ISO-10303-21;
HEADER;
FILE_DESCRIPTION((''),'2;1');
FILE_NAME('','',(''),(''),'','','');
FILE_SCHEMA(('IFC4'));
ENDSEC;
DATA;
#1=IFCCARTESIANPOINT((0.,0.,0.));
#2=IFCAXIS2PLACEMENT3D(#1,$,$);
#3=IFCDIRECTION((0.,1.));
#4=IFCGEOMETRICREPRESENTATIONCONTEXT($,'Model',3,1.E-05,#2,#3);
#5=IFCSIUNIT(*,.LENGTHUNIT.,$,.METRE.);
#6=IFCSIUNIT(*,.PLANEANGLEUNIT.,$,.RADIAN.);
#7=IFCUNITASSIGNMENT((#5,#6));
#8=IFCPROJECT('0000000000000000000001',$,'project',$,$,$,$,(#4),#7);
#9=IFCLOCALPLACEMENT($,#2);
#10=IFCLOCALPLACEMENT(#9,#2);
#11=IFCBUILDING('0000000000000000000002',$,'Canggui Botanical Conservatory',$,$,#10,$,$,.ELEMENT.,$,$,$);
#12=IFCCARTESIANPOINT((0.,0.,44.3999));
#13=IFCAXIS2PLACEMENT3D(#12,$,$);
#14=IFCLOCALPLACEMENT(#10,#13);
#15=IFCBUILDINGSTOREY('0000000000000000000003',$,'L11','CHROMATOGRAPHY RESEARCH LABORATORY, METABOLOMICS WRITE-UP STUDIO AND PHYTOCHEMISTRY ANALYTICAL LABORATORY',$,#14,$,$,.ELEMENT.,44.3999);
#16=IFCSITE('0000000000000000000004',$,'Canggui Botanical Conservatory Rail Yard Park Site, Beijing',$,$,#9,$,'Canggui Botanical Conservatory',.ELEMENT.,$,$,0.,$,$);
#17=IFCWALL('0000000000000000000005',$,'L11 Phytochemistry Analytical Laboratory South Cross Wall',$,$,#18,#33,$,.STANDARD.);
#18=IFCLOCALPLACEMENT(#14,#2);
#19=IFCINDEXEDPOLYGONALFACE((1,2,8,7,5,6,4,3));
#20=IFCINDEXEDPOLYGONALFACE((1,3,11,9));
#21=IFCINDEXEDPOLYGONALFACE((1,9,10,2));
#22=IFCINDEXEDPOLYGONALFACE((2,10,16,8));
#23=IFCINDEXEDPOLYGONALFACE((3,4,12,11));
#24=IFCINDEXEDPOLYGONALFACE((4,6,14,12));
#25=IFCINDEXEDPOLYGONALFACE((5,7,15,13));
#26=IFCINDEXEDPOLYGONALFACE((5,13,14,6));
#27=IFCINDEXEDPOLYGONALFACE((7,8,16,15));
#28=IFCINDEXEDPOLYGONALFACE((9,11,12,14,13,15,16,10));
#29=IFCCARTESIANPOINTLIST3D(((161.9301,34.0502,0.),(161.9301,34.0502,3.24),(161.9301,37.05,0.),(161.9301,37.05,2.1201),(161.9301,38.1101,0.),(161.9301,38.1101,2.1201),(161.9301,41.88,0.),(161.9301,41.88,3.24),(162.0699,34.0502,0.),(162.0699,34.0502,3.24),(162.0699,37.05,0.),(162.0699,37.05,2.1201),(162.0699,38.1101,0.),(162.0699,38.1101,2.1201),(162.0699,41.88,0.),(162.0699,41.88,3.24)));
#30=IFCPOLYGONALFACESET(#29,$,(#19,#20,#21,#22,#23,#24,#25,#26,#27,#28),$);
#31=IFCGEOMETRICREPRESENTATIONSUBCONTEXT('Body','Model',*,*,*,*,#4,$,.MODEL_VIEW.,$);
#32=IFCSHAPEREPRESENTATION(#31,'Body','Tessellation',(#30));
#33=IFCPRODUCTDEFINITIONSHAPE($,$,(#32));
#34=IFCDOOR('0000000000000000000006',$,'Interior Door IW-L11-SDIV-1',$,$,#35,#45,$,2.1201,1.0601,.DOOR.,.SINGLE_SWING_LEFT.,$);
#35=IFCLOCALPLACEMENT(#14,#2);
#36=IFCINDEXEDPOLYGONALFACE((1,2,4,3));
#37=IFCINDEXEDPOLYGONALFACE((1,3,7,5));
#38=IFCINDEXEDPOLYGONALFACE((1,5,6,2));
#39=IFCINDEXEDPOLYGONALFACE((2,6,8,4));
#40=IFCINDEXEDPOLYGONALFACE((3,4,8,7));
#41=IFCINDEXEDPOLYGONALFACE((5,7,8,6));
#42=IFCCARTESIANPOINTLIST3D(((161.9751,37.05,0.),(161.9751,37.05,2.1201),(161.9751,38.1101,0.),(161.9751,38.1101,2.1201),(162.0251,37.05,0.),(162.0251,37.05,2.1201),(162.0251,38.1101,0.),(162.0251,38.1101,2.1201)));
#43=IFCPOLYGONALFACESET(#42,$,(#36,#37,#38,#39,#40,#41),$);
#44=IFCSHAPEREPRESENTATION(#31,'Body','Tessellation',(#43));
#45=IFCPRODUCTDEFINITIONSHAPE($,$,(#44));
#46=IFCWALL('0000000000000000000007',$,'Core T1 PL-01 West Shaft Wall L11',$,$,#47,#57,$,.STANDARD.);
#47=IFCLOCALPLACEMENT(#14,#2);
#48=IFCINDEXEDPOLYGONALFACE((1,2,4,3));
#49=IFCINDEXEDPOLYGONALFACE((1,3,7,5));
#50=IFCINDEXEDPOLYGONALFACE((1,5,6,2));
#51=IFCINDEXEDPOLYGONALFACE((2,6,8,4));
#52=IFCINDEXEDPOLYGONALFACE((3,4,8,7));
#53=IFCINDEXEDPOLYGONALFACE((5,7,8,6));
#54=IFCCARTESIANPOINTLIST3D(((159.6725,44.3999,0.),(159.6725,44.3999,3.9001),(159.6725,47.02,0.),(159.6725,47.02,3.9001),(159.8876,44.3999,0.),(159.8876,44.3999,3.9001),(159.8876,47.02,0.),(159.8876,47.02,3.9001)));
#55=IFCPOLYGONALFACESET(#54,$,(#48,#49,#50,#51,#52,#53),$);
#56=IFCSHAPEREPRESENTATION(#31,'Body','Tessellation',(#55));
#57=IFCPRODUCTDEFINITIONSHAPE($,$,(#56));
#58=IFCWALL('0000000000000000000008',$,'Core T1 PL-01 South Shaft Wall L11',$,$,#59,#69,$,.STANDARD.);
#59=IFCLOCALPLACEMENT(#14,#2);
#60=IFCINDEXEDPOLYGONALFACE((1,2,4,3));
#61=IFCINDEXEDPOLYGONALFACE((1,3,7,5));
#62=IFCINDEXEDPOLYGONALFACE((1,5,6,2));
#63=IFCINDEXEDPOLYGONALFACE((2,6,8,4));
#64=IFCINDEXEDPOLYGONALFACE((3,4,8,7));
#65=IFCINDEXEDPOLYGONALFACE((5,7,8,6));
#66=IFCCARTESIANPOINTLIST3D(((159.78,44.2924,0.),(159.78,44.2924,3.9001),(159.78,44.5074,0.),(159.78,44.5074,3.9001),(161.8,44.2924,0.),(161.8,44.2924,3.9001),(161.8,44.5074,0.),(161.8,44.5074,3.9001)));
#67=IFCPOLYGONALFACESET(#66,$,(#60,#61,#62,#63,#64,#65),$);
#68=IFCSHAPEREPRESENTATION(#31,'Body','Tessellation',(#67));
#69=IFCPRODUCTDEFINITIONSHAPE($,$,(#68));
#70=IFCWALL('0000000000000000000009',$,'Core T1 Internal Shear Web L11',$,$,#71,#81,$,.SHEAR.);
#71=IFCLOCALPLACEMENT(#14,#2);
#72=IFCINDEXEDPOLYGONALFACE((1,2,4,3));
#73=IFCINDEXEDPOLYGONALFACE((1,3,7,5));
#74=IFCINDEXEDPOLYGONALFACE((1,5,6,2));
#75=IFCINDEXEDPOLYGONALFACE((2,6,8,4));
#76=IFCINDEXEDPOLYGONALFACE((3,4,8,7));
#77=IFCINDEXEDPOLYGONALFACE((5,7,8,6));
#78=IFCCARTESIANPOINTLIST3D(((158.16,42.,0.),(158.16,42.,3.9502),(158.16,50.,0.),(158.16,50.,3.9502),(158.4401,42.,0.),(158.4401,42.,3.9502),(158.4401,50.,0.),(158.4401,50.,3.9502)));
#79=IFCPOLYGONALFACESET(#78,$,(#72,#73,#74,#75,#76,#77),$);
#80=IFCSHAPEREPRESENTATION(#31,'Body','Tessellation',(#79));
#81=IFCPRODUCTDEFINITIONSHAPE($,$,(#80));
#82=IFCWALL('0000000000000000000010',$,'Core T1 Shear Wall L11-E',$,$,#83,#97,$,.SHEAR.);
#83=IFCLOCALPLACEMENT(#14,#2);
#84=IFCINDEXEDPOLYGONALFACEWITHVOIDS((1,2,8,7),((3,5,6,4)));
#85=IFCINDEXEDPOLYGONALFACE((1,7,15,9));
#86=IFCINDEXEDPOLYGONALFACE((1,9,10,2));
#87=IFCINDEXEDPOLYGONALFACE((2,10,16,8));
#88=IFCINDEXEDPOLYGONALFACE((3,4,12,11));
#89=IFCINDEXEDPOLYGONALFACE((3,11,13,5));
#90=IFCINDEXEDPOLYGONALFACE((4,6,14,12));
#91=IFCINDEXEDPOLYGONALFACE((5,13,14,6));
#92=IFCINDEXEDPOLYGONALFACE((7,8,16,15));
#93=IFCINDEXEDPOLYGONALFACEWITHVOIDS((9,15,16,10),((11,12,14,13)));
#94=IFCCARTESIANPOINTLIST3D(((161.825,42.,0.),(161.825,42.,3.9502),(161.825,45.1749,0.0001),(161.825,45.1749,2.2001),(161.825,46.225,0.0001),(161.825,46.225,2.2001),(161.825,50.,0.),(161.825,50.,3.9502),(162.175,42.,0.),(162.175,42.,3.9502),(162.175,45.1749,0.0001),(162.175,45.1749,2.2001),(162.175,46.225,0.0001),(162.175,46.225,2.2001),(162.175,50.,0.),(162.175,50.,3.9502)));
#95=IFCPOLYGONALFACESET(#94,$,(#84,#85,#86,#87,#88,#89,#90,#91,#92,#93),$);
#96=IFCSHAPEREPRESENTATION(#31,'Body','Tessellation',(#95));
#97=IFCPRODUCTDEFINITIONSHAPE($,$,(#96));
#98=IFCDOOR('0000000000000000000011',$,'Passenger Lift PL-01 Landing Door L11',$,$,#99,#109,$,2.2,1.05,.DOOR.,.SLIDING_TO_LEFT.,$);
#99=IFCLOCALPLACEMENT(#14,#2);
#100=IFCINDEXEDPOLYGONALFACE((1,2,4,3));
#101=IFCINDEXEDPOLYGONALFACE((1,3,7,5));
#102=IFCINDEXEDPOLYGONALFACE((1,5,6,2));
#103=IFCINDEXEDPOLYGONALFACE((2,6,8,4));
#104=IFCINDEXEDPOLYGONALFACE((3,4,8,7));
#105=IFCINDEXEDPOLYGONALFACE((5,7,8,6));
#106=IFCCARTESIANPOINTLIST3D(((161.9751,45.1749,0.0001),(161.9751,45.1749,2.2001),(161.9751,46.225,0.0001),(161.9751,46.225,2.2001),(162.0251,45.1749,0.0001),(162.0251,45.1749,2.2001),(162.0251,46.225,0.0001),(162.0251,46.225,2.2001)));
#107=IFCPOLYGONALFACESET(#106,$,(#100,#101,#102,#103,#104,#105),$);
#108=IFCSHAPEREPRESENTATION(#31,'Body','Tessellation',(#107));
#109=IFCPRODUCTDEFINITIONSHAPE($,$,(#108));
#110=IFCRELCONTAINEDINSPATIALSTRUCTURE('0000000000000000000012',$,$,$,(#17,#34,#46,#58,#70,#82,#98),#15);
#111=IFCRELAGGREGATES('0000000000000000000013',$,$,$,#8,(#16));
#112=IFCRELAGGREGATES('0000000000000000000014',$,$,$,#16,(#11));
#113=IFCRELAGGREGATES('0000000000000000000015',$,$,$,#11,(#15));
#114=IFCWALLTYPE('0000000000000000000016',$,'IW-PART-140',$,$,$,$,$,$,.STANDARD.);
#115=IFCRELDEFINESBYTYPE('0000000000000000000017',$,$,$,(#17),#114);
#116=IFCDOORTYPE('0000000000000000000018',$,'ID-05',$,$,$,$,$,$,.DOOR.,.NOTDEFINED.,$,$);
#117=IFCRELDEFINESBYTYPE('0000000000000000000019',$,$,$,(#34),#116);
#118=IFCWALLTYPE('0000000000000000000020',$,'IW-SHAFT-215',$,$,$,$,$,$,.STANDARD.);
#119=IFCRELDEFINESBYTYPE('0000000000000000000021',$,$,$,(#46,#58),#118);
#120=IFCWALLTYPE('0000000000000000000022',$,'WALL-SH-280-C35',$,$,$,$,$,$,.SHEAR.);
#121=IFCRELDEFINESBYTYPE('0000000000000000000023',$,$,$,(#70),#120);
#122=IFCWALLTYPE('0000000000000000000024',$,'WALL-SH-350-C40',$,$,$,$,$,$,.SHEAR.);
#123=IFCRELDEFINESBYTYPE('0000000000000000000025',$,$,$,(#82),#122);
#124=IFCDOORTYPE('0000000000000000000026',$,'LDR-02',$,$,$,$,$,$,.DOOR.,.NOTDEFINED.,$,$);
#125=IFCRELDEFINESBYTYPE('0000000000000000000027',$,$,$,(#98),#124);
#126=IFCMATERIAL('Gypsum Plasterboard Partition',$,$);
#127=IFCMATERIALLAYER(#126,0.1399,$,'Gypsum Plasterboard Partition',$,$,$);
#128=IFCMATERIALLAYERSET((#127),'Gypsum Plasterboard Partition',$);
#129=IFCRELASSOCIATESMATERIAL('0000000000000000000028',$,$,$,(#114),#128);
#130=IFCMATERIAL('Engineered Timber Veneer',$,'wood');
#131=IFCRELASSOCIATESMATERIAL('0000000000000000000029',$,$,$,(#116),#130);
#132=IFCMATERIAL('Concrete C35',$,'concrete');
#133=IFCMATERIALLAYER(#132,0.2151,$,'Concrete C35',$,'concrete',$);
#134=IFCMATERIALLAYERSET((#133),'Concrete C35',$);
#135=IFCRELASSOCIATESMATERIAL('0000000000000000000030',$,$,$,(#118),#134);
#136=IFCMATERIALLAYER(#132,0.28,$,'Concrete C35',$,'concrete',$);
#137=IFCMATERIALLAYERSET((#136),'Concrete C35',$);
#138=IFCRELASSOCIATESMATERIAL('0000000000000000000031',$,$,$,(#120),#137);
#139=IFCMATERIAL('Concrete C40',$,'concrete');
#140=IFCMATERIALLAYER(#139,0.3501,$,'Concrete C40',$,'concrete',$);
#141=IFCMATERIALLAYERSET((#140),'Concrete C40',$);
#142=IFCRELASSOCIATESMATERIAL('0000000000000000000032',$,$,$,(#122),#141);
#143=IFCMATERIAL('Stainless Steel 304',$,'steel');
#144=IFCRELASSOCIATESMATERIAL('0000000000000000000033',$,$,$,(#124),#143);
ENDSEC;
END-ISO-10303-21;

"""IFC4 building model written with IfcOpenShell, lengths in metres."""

from ifc_helpers import new_model, si_unit, direction, frame, frame_2d, origin, place, context, subcontext, project, spatial, rectangle, extrude, material, layer, layer_set, type_object, element, fill, save


model = new_model("IFC4")

# Units and contexts
model_context = context("Model", 3, precision=1e-05, world=origin(), true_north=direction((0.0, 1.0)))
body_context = subcontext(model_context, "Body", "Model", "MODEL_VIEW")
ifc_project = project(units=[si_unit("LENGTHUNIT", "METRE"), si_unit("PLANEANGLEUNIT", "RADIAN")], contexts=[model_context])

# Site, building, storey
site_placement = place(None, origin())
site = spatial("IfcSite", under=ifc_project, at=site_placement, Name="Canggui Botanical Conservatory Rail Yard Park Site, Beijing", LongName="Canggui Botanical Conservatory", CompositionType="ELEMENT", RefElevation=0.0)
building_placement = place(site_placement, origin())
building = spatial("IfcBuilding", under=site, at=building_placement, Name="Canggui Botanical Conservatory", CompositionType="ELEMENT")
storey_placement = place(building_placement, frame((0.0, 0.0, 44.3999)))
storey = spatial("IfcBuildingStorey", under=building, at=storey_placement, Name="L11", Description="CHROMATOGRAPHY RESEARCH LABORATORY, METABOLOMICS WRITE-UP STUDIO AND PHYTOCHEMISTRY ANALYTICAL LABORATORY", CompositionType="ELEMENT", Elevation=44.3999)

# Shared definitions
ifc_material_1 = material(Name="Concrete C40", Category="concrete")
ifc_material_2 = material(Name="Concrete C35", Category="concrete")

# Wall, opening, door
ifc_material_3 = material(Name="Gypsum Plasterboard Partition")
ifc_layer_1 = layer(ifc_material_3, 0.1399, Name="Gypsum Plasterboard Partition")
ifc_layer_set_1 = layer_set([ifc_layer_1], Name="Gypsum Plasterboard Partition")
wall_type_1 = type_object("IfcWallType", Name="IW-PART-140", PredefinedType="STANDARD", material=ifc_layer_set_1)
wall_1_placement = place(storey_placement, frame((162.0, 34.05, 0.0), z_axis=(0.0, 0.0, 1.0), x_axis=(0.0, 1.0, 0.0)))
wall_1 = element("IfcWall", 1, at=wall_1_placement, inside=storey, type_object=wall_type_1, Name="L11 Phytochemistry Analytical Laboratory South Cross Wall", PredefinedType="STANDARD", context=body_context, shape_type="SweptSolid", body=[
    extrude(rectangle(XDim=7.8298, YDim=0.1399, at=frame_2d((3.915, 0.0))), origin(), (0.0, 0.0, 1.0), 3.24),
])
opening_1_placement = place(wall_1_placement, frame((3.0, 0.0, 0.0)))
opening_1 = element("IfcOpeningElement", 2, at=opening_1_placement, cuts=wall_1, PredefinedType="OPENING", context=body_context, shape_type="SweptSolid", body=[
    extrude(rectangle(XDim=1.0601, YDim=2.1201, at=frame_2d((0.53, 1.0601))), frame((0.0, 0.0801, 0.0), z_axis=(0.0, -1.0, 0.0), x_axis=(1.0, 0.0, 0.0)), (0.0, 0.0, 1.0), 0.1599),
])
ifc_material_4 = material(Name="Engineered Timber Veneer", Category="wood")
door_type_1 = type_object("IfcDoorType", Name="ID-05", OperationType="NOTDEFINED", PredefinedType="DOOR", material=ifc_material_4)
door_1_placement = place(opening_1_placement, origin())
door_1 = element("IfcDoor", 3, at=door_1_placement, inside=storey, type_object=door_type_1, Name="Interior Door IW-L11-SDIV-1", OperationType="SINGLE_SWING_LEFT", OverallHeight=2.1201, OverallWidth=1.0601, PredefinedType="DOOR", context=body_context, shape_type="SweptSolid", body=[
    extrude(rectangle(XDim=1.0601, YDim=2.1201, at=frame_2d((0.53, 1.0601))), frame((0.0, 0.0249, 0.0), z_axis=(0.0, -1.0, 0.0), x_axis=(1.0, 0.0, 0.0)), (0.0, 0.0, 1.0), 0.05),
])
fill(opening_1, door_1)

# Walls
ifc_layer_2 = layer(ifc_material_2, 0.2151, Name="Concrete C35", Category="concrete")
ifc_layer_set_2 = layer_set([ifc_layer_2], Name="Concrete C35")
wall_type_2 = type_object("IfcWallType", Name="IW-SHAFT-215", PredefinedType="STANDARD", material=ifc_layer_set_2)
wall_2_placement = place(storey_placement, frame((159.78, 44.3999, 0.0), z_axis=(0.0, 0.0, 1.0), x_axis=(0.0, 1.0, 0.0)))
element("IfcWall", 4, at=wall_2_placement, inside=storey, type_object=wall_type_2, Name="Core T1 PL-01 West Shaft Wall L11", PredefinedType="STANDARD", context=body_context, shape_type="SweptSolid", body=[
    extrude(rectangle(XDim=2.6201, YDim=0.2151, at=frame_2d((1.3101, 0.0))), origin(), (0.0, 0.0, 1.0), 3.9001),
])
wall_3_placement = place(storey_placement, frame((159.78, 44.3999, 0.0), z_axis=(0.0, 0.0, 1.0), x_axis=(1.0, 0.0, 0.0)))
element("IfcWall", 5, at=wall_3_placement, inside=storey, type_object=wall_type_2, Name="Core T1 PL-01 South Shaft Wall L11", PredefinedType="STANDARD", context=body_context, shape_type="SweptSolid", body=[
    extrude(rectangle(XDim=2.02, YDim=0.2151, at=frame_2d((1.01, 0.0))), origin(), (0.0, 0.0, 1.0), 3.9001),
])
ifc_layer_3 = layer(ifc_material_2, 0.28, Name="Concrete C35", Category="concrete")
ifc_layer_set_3 = layer_set([ifc_layer_3], Name="Concrete C35")
wall_type_3 = type_object("IfcWallType", Name="WALL-SH-280-C35", PredefinedType="SHEAR", material=ifc_layer_set_3)
wall_4_placement = place(storey_placement, frame((158.3, 42.0, 0.0), z_axis=(0.0, 0.0, 1.0), x_axis=(0.0, 1.0, 0.0)))
element("IfcWall", 6, at=wall_4_placement, inside=storey, type_object=wall_type_3, Name="Core T1 Internal Shear Web L11", PredefinedType="SHEAR", context=body_context, shape_type="SweptSolid", body=[
    extrude(rectangle(XDim=8.0, YDim=0.28, at=frame_2d((4.0, 0.0))), origin(), (0.0, 0.0, 1.0), 3.9502),
])

# Wall, opening, door
ifc_layer_4 = layer(ifc_material_1, 0.3501, Name="Concrete C40", Category="concrete")
ifc_layer_set_4 = layer_set([ifc_layer_4], Name="Concrete C40")
wall_type_4 = type_object("IfcWallType", Name="WALL-SH-350-C40", PredefinedType="SHEAR", material=ifc_layer_set_4)
wall_5_placement = place(storey_placement, frame((162.0, 42.0, 0.0), z_axis=(0.0, 0.0, 1.0), x_axis=(0.0, 1.0, 0.0)))
wall_5 = element("IfcWall", 7, at=wall_5_placement, inside=storey, type_object=wall_type_4, Name="Core T1 Shear Wall L11-E", PredefinedType="SHEAR", context=body_context, shape_type="SweptSolid", body=[
    extrude(rectangle(XDim=8.0, YDim=0.3501, at=frame_2d((4.0, 0.0))), origin(), (0.0, 0.0, 1.0), 3.9502),
])
opening_2_placement = place(wall_5_placement, frame((3.175, 0.0, 0.0)))
opening_2 = element("IfcOpeningElement", 8, at=opening_2_placement, cuts=wall_5, PredefinedType="OPENING", context=body_context, shape_type="SweptSolid", body=[
    extrude(rectangle(XDim=1.05, YDim=2.2, at=frame_2d((0.5249, 1.1001))), frame((0.0, 0.1851, 0.0), z_axis=(0.0, -1.0, 0.0), x_axis=(1.0, 0.0, 0.0)), (0.0, 0.0, 1.0), 0.3701),
])
ifc_material_5 = material(Name="Stainless Steel 304", Category="steel")
door_type_2 = type_object("IfcDoorType", Name="LDR-02", OperationType="NOTDEFINED", PredefinedType="DOOR", material=ifc_material_5)
door_2_placement = place(opening_2_placement, origin())
door_2 = element("IfcDoor", 9, at=door_2_placement, inside=storey, type_object=door_type_2, Name="Passenger Lift PL-01 Landing Door L11", OperationType="SLIDING_TO_LEFT", OverallHeight=2.2, OverallWidth=1.05, PredefinedType="DOOR", context=body_context, shape_type="SweptSolid", body=[
    extrude(rectangle(XDim=1.05, YDim=2.2, at=frame_2d((0.5249, 1.1001))), frame((0.0, 0.0249, 0.0), z_axis=(0.0, -1.0, 0.0), x_axis=(1.0, 0.0, 0.0)), (0.0, 0.0, 1.0), 0.05),
])
fill(opening_2, door_2)

save(model, "model.ifc")
